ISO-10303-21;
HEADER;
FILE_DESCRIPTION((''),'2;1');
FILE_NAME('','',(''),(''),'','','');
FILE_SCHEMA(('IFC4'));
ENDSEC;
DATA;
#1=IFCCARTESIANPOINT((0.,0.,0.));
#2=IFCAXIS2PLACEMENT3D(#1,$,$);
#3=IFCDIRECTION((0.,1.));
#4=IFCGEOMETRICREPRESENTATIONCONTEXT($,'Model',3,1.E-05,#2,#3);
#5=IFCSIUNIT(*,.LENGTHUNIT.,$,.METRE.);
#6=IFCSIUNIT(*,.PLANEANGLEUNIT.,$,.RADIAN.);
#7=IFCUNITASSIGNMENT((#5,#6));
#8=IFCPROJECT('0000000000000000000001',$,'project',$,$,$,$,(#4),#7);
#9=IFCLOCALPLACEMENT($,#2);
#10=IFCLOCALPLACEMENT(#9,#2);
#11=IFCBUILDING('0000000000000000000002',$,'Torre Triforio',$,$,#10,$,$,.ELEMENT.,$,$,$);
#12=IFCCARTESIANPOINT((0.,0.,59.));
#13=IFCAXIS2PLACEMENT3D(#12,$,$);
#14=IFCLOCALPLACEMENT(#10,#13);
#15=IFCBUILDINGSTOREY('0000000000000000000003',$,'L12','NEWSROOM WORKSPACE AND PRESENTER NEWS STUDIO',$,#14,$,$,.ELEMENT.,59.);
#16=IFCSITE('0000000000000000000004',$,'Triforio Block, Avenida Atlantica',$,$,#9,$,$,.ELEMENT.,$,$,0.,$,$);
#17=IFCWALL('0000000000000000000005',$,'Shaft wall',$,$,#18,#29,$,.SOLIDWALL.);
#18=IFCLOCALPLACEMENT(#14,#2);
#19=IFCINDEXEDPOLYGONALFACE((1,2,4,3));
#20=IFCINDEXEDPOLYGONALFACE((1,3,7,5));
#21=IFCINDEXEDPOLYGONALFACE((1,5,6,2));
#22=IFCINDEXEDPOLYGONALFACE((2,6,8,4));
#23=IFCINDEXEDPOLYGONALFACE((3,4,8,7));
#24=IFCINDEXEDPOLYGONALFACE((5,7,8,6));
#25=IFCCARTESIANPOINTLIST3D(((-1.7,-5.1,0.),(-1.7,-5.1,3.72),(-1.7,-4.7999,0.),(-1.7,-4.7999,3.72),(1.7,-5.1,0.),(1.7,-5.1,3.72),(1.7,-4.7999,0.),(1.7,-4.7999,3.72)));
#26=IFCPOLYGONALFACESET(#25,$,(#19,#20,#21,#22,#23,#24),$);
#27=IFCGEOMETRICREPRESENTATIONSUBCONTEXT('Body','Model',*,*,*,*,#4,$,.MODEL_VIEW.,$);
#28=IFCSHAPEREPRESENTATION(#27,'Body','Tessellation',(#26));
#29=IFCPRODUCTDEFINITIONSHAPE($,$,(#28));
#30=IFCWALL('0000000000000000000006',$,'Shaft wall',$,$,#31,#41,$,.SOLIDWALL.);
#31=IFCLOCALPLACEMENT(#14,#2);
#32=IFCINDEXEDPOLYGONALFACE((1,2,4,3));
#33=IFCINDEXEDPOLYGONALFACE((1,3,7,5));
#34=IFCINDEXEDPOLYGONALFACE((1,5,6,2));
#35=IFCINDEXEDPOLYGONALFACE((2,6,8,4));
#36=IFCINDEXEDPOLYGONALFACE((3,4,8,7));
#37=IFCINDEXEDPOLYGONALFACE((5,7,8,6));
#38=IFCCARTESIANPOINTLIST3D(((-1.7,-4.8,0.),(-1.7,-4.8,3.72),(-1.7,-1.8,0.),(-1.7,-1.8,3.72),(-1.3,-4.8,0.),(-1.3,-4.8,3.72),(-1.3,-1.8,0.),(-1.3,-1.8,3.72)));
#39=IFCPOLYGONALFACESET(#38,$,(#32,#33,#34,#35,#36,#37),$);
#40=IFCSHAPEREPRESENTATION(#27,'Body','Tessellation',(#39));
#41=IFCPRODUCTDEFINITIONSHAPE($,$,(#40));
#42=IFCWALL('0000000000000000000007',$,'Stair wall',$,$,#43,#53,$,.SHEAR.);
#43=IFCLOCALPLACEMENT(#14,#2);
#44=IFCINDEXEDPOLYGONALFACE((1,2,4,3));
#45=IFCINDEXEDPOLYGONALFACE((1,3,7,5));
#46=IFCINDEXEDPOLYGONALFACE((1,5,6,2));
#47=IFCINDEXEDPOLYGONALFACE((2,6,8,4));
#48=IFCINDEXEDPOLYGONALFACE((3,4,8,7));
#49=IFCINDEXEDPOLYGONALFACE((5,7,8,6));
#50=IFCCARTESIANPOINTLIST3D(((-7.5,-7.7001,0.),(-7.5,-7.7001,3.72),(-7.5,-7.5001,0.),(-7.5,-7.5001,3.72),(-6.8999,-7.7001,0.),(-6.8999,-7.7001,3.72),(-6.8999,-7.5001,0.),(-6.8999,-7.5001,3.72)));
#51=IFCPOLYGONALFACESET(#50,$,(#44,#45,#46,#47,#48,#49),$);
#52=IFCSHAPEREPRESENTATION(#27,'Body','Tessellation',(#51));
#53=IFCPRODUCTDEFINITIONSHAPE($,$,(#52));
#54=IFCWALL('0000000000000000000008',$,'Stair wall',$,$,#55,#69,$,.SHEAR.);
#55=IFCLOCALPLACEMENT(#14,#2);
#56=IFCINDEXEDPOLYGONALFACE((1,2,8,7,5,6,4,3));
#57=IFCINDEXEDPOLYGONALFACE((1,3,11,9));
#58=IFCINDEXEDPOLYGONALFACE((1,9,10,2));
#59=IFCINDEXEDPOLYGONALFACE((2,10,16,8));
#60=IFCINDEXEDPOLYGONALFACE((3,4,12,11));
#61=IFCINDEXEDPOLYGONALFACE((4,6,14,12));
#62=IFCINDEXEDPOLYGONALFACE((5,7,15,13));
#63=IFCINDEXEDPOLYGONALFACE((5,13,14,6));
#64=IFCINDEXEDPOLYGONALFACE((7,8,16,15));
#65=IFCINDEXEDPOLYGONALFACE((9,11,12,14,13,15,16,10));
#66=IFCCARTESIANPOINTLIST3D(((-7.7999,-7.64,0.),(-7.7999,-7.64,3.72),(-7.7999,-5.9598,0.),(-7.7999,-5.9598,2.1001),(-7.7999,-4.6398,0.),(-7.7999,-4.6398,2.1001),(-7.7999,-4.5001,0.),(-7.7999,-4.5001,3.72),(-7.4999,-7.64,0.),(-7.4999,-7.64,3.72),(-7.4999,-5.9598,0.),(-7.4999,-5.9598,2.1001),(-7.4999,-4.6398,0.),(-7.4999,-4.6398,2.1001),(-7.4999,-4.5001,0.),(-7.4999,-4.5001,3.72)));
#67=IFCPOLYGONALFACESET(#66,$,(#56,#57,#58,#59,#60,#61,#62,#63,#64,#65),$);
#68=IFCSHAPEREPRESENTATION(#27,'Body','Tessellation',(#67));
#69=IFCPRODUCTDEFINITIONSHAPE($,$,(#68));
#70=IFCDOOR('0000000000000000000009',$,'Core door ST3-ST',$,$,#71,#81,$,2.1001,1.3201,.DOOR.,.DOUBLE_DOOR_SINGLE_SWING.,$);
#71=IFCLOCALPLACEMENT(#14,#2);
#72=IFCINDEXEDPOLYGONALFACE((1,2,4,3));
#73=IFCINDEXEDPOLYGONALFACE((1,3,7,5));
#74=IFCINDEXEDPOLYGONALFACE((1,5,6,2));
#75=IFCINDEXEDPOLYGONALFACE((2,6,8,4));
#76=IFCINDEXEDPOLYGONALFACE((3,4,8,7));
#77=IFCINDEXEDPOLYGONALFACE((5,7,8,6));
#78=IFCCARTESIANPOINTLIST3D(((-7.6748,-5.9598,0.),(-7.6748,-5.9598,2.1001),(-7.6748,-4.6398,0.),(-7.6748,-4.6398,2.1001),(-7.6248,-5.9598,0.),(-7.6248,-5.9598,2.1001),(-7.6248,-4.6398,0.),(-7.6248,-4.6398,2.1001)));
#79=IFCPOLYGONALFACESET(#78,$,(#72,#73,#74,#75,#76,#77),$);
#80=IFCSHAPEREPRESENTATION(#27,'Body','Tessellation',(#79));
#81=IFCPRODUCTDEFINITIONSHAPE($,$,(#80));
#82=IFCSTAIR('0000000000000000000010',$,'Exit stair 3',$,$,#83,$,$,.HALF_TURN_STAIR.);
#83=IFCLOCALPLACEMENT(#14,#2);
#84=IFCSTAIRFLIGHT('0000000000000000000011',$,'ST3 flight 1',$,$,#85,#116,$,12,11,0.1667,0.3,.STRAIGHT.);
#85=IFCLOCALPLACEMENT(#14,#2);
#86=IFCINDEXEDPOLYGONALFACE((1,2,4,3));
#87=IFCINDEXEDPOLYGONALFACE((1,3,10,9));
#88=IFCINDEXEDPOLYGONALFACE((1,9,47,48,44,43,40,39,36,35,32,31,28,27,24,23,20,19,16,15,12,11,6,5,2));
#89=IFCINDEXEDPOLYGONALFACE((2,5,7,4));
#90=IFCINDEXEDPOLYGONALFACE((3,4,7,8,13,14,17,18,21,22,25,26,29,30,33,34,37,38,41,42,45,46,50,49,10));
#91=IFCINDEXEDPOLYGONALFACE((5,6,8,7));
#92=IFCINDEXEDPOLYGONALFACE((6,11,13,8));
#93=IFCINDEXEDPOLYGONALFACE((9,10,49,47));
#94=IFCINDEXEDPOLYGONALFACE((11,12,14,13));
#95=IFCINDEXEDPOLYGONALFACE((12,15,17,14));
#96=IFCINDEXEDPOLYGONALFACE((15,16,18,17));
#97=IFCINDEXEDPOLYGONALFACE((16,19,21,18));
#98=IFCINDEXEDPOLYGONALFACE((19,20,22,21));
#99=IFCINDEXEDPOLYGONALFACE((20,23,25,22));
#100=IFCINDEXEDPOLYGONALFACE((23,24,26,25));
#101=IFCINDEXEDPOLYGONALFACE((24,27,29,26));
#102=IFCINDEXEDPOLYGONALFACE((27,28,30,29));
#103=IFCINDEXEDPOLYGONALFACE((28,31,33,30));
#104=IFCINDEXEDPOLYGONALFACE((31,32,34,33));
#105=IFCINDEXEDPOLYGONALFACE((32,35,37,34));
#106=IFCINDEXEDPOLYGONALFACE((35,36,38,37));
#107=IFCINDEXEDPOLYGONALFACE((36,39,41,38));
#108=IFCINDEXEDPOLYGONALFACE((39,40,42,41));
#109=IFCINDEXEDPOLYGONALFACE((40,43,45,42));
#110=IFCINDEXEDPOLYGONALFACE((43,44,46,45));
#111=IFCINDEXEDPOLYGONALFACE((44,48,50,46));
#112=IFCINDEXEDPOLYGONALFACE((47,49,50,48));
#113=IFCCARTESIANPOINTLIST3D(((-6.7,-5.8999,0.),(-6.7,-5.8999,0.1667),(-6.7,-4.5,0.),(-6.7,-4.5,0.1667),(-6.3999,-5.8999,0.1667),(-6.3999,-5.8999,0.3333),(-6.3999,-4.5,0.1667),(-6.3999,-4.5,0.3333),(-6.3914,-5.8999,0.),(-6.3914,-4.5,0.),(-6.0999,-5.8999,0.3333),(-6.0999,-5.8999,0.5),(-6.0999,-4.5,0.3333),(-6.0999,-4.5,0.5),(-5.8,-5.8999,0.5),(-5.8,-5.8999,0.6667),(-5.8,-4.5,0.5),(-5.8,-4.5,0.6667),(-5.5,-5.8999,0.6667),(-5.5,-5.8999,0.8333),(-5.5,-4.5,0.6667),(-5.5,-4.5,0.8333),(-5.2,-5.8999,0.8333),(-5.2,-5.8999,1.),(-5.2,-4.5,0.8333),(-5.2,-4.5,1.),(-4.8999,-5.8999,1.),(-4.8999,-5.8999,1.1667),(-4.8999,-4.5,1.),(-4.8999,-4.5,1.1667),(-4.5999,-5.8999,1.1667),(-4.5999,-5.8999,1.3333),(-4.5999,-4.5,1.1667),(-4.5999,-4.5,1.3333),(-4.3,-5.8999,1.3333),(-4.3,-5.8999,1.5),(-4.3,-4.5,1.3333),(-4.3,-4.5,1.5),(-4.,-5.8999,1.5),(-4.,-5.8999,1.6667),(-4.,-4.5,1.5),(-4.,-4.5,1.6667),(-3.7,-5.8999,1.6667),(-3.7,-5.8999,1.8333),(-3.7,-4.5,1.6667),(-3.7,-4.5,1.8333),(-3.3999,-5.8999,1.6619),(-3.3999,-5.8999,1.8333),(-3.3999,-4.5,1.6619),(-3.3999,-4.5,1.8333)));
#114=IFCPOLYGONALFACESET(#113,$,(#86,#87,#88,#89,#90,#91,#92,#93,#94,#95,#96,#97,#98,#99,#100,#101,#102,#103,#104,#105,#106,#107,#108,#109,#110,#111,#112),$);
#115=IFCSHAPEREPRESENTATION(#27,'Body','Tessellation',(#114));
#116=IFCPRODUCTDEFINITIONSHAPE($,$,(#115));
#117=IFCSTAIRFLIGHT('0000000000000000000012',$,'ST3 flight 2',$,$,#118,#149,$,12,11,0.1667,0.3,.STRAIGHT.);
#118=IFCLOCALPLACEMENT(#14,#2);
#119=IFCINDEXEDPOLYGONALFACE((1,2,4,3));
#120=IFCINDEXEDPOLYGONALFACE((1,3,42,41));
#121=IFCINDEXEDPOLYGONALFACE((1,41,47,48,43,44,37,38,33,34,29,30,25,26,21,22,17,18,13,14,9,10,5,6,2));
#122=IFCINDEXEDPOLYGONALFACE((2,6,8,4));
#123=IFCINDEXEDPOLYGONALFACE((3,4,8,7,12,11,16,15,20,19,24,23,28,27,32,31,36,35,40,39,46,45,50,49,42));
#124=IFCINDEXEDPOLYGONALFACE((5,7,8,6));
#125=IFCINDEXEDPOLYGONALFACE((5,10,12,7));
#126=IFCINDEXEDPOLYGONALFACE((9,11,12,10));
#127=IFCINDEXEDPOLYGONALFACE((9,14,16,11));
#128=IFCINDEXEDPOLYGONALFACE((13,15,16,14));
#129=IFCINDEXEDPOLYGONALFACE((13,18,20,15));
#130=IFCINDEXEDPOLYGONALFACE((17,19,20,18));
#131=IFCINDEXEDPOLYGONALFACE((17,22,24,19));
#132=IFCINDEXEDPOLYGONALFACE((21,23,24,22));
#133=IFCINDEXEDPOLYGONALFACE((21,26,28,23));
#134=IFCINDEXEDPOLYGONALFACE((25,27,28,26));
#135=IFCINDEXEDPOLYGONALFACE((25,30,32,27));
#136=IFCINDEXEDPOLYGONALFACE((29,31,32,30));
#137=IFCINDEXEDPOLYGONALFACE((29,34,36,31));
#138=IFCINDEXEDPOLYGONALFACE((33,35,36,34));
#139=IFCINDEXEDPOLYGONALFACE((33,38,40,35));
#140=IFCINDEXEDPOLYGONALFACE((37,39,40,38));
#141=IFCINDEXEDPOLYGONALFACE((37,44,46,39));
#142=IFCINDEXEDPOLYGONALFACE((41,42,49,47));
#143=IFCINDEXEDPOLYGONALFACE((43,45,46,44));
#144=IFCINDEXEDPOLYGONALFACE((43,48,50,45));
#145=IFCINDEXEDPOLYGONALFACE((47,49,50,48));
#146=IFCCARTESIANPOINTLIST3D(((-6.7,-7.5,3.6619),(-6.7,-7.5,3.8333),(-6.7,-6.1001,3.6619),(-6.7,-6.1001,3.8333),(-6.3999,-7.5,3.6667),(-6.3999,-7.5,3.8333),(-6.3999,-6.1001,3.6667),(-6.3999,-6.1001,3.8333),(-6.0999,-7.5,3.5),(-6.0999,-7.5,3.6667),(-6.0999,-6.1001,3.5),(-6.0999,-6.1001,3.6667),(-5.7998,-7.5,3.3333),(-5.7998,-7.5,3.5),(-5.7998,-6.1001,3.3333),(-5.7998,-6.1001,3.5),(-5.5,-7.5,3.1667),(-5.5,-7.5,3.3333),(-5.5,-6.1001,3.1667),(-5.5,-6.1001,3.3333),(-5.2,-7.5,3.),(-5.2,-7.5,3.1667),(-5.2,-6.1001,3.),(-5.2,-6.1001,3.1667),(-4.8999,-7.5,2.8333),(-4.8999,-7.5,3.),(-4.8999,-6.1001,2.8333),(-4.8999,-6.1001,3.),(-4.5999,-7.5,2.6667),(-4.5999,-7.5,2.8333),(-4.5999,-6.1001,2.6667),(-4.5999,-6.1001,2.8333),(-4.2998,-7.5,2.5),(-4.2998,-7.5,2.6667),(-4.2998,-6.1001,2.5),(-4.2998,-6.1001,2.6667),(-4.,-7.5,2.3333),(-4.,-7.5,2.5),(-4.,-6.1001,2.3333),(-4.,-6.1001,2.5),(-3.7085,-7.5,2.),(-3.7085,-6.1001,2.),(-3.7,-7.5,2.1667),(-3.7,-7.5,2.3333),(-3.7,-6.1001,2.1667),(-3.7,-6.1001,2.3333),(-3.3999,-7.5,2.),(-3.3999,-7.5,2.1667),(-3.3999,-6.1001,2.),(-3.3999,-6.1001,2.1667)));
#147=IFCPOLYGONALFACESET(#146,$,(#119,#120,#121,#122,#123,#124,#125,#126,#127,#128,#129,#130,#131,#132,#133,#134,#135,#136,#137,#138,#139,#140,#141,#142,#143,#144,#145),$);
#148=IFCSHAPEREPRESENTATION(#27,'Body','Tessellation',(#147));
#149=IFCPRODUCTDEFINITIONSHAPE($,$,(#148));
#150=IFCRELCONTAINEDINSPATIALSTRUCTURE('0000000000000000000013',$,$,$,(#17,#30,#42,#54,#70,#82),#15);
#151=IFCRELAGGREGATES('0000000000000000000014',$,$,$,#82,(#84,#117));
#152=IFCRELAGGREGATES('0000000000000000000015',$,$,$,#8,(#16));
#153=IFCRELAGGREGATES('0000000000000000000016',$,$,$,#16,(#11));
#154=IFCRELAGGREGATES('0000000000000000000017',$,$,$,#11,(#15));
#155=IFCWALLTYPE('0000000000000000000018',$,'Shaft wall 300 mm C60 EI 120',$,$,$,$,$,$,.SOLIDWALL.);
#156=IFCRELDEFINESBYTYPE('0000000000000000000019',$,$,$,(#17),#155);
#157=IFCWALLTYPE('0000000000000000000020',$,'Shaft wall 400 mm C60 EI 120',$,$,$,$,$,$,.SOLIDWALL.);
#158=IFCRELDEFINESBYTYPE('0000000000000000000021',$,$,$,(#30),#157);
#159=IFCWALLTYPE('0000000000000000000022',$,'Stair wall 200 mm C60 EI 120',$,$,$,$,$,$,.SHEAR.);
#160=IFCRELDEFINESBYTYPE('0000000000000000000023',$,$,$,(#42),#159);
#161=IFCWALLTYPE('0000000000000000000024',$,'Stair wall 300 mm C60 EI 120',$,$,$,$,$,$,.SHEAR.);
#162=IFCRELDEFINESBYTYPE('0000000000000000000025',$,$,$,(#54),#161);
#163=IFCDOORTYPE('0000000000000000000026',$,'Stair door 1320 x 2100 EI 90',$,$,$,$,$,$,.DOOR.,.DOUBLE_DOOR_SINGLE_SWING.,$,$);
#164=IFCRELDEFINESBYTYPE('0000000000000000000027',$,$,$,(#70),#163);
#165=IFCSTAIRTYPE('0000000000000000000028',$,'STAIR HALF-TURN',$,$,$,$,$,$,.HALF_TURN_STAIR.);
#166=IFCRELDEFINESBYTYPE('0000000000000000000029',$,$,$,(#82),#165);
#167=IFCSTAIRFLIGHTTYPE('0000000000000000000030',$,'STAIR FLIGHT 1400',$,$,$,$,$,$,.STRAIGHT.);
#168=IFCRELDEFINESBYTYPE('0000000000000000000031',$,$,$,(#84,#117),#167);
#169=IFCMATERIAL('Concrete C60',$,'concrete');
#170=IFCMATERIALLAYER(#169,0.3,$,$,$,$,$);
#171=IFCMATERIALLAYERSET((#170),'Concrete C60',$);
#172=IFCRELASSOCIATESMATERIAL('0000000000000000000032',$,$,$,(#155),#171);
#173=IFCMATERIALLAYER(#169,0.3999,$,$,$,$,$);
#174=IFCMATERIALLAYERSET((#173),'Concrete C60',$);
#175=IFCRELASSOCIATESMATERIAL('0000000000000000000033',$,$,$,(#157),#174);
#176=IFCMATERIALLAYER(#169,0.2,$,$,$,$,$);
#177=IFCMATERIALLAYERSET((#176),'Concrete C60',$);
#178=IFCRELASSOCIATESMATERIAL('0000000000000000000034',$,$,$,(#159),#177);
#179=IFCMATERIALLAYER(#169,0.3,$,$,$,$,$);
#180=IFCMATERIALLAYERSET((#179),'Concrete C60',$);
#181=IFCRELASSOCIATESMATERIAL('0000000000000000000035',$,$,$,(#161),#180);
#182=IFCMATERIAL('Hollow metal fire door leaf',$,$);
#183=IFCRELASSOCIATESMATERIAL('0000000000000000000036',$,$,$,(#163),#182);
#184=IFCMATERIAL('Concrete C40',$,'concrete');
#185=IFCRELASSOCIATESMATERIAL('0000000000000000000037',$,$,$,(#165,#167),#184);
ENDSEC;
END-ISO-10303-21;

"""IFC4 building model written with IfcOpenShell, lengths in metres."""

from ifc_helpers import new_model, si_unit, direction, frame, frame_2d, origin, place, context, subcontext, project, spatial, polyline, rectangle, outline, extrude, material, layer, layer_set, type_object, element, fill, aggregate, save


model = new_model("IFC4")

# Units and contexts
model_context = context("Model", 3, precision=1e-05, world=origin(), true_north=direction((0.0, 1.0)))
body_context = subcontext(model_context, "Body", "Model", "MODEL_VIEW")
ifc_project = project(units=[si_unit("LENGTHUNIT", "METRE"), si_unit("PLANEANGLEUNIT", "RADIAN")], contexts=[model_context])

# Site, building, storey
site_placement = place(None, origin())
site = spatial("IfcSite", under=ifc_project, at=site_placement, Name="Triforio Block, Avenida Atlantica", CompositionType="ELEMENT", RefElevation=0.0)
building_placement = place(site_placement, origin())
building = spatial("IfcBuilding", under=site, at=building_placement, Name="Torre Triforio", CompositionType="ELEMENT")
storey_placement = place(building_placement, frame((0.0, 0.0, 59.0)))
storey = spatial("IfcBuildingStorey", under=building, at=storey_placement, Name="L12", Description="NEWSROOM WORKSPACE AND PRESENTER NEWS STUDIO", CompositionType="ELEMENT", Elevation=59.0)

# Shared definitions
ifc_material_1 = material(Name="Hollow metal fire door leaf")

# Shared definitions
ifc_material_2 = material(Name="Concrete C60", Category="concrete")
ifc_layer_1 = layer(ifc_material_2, 0.3)
ifc_layer_set_1 = layer_set([ifc_layer_1], Name="Concrete C60")
wall_type_1 = type_object("IfcWallType", Name="Shaft wall 300 mm C60 EI 120", PredefinedType="SOLIDWALL", material=ifc_layer_set_1)

# Walls
wall_1_placement = place(storey_placement, frame((-1.7, -4.95, 0.0), z_axis=(0.0, 0.0, 1.0), x_axis=(1.0, 0.0, 0.0)))
element("IfcWall", 1, at=wall_1_placement, inside=storey, type_object=wall_type_1, Name="Shaft wall", PredefinedType="SOLIDWALL", context=body_context, shape_type="SweptSolid", body=[
    extrude(rectangle(XDim=3.3999, YDim=0.3, at=frame_2d((1.7, 0.0))), origin(), (0.0, 0.0, 1.0), 3.72),
])
ifc_layer_2 = layer(ifc_material_2, 0.3999)
ifc_layer_set_2 = layer_set([ifc_layer_2], Name="Concrete C60")
wall_type_2 = type_object("IfcWallType", Name="Shaft wall 400 mm C60 EI 120", PredefinedType="SOLIDWALL", material=ifc_layer_set_2)
wall_2_placement = place(storey_placement, frame((-1.5, -4.8, 0.0), z_axis=(0.0, 0.0, 1.0), x_axis=(0.0, 1.0, 0.0)))
element("IfcWall", 2, at=wall_2_placement, inside=storey, type_object=wall_type_2, Name="Shaft wall", PredefinedType="SOLIDWALL", context=body_context, shape_type="SweptSolid", body=[
    extrude(rectangle(XDim=3.0, YDim=0.3999, at=frame_2d((1.5, 0.0))), origin(), (0.0, 0.0, 1.0), 3.72),
])
ifc_layer_3 = layer(ifc_material_2, 0.2)
ifc_layer_set_3 = layer_set([ifc_layer_3], Name="Concrete C60")
wall_type_3 = type_object("IfcWallType", Name="Stair wall 200 mm C60 EI 120", PredefinedType="SHEAR", material=ifc_layer_set_3)
wall_3_placement = place(storey_placement, frame((-7.5, -7.6001, 0.0), z_axis=(0.0, 0.0, 1.0), x_axis=(1.0, 0.0, 0.0)))
element("IfcWall", 3, at=wall_3_placement, inside=storey, type_object=wall_type_3, Name="Stair wall", PredefinedType="SHEAR", context=body_context, shape_type="SweptSolid", body=[
    extrude(rectangle(XDim=0.6001, YDim=0.2, at=frame_2d((0.3, 0.0))), origin(), (0.0, 0.0, 1.0), 3.72),
])

# Wall, opening, door
ifc_layer_4 = layer(ifc_material_2, 0.3)
ifc_layer_set_4 = layer_set([ifc_layer_4], Name="Concrete C60")
wall_type_4 = type_object("IfcWallType", Name="Stair wall 300 mm C60 EI 120", PredefinedType="SHEAR", material=ifc_layer_set_4)
wall_4_placement = place(storey_placement, frame((-7.6499, -7.6399, 0.0), z_axis=(0.0, 0.0, 1.0), x_axis=(0.0, 1.0, 0.0)))
wall_4 = element("IfcWall", 4, at=wall_4_placement, inside=storey, type_object=wall_type_4, Name="Stair wall", PredefinedType="SHEAR", context=body_context, shape_type="SweptSolid", body=[
    extrude(rectangle(XDim=3.1399, YDim=0.3, at=frame_2d((1.5698, 0.0))), origin(), (0.0, 0.0, 1.0), 3.72),
])
opening_1_placement = place(wall_4_placement, frame((1.6799, 0.0, 0.0)))
opening_1 = element("IfcOpeningElement", 5, at=opening_1_placement, cuts=wall_4, PredefinedType="OPENING", context=body_context, shape_type="SweptSolid", body=[
    extrude(rectangle(XDim=1.3201, YDim=2.1001, at=frame_2d((0.6602, 1.05))), frame((0.0, 0.1599, 0.0), z_axis=(0.0, -1.0, 0.0), x_axis=(1.0, 0.0, 0.0)), (0.0, 0.0, 1.0), 0.3201),
])
door_type_1 = type_object("IfcDoorType", Name="Stair door 1320 x 2100 EI 90", OperationType="DOUBLE_DOOR_SINGLE_SWING", PredefinedType="DOOR", material=ifc_material_1)
door_1_placement = place(opening_1_placement, origin())
door_1 = element("IfcDoor", 6, at=door_1_placement, inside=storey, type_object=door_type_1, Name="Core door ST3-ST", OperationType="DOUBLE_DOOR_SINGLE_SWING", OverallHeight=2.1001, OverallWidth=1.3201, PredefinedType="DOOR", context=body_context, shape_type="SweptSolid", body=[
    extrude(rectangle(XDim=1.3201, YDim=2.1001, at=frame_2d((0.6602, 1.05))), frame((0.0, 0.0249, 0.0), z_axis=(0.0, -1.0, 0.0), x_axis=(1.0, 0.0, 0.0)), (0.0, 0.0, 1.0), 0.05),
])
fill(opening_1, door_1)

# Stair, stair flights
ifc_material_3 = material(Name="Concrete C40", Category="concrete")
stair_type = type_object("IfcStairType", Name="STAIR HALF-TURN", PredefinedType="HALF_TURN_STAIR", material=ifc_material_3)
stair_placement = place(storey_placement, origin())
stair = element("IfcStair", 7, at=stair_placement, inside=storey, type_object=stair_type, Name="Exit stair 3", PredefinedType="HALF_TURN_STAIR")
stair_flight_type = type_object("IfcStairFlightType", Name="STAIR FLIGHT 1400", PredefinedType="STRAIGHT", material=ifc_material_3)
stair_flight_1_placement = place(storey_placement, frame((-6.7, -5.2, 0.0), z_axis=(0.0, 0.0, 1.0), x_axis=(1.0, 0.0, 0.0)))
stair_flight_1 = element("IfcStairFlight", 8, at=stair_flight_1_placement, type_object=stair_flight_type, Name="ST3 flight 1", NumberOfRisers=12, NumberOfTreads=11, PredefinedType="STRAIGHT", RiserHeight=0.1667, TreadLength=0.3, context=body_context, shape_type="SweptSolid", body=[
    extrude(outline(polyline([(0.0, 0.0), (0.0, 0.1667), (0.3, 0.1667), (0.3, 0.3333), (0.6001, 0.3333), (0.6001, 0.5), (0.8999, 0.5), (0.8999, 0.6667), (1.2, 0.6667), (1.2, 0.8333), (1.5, 0.8333), (1.5, 1.0), (1.8, 1.0), (1.8, 1.1667), (2.1001, 1.1667), (2.1001, 1.3333), (2.3999, 1.3333), (2.3999, 1.5), (2.7, 1.5), (2.7, 1.6667), (3.0, 1.6667), (3.0, 1.8333), (3.3, 1.8333), (3.3, 2.0), (3.3, 1.6619), (0.3086, 0.0), (0.0, 0.0)])), frame((0.0, 0.7, 0.0), z_axis=(0.0, -1.0, 0.0), x_axis=(1.0, 0.0, 0.0)), (0.0, 0.0, 1.0), 1.3999),
])
stair_flight_2_placement = place(storey_placement, frame((-3.3999, -6.8, 2.0), z_axis=(0.0, 0.0, 1.0), x_axis=(-1.0, 0.0, 0.0)))
stair_flight_2 = element("IfcStairFlight", 9, at=stair_flight_2_placement, type_object=stair_flight_type, Name="ST3 flight 2", NumberOfRisers=12, NumberOfTreads=11, PredefinedType="STRAIGHT", RiserHeight=0.1667, TreadLength=0.3, context=body_context, shape_type="SweptSolid", body=[
    extrude(outline(polyline([(0.0, 0.0), (0.0, 0.1667), (0.3, 0.1667), (0.3, 0.3333), (0.6001, 0.3333), (0.6001, 0.5), (0.8999, 0.5), (0.8999, 0.6667), (1.2, 0.6667), (1.2, 0.8333), (1.5, 0.8333), (1.5, 1.0), (1.8, 1.0), (1.8, 1.1667), (2.1001, 1.1667), (2.1001, 1.3333), (2.3999, 1.3333), (2.3999, 1.5), (2.7, 1.5), (2.7, 1.6667), (3.0, 1.6667), (3.0, 1.8333), (3.3, 1.8333), (3.3, 2.0), (3.3, 1.6619), (0.3086, 0.0), (0.0, 0.0)])), frame((0.0, 0.7, 0.0), z_axis=(0.0, -1.0, 0.0), x_axis=(1.0, 0.0, 0.0)), (0.0, 0.0, 1.0), 1.3999),
])
aggregate(stair, [stair_flight_1, stair_flight_2])

save(model, "model.ifc")
